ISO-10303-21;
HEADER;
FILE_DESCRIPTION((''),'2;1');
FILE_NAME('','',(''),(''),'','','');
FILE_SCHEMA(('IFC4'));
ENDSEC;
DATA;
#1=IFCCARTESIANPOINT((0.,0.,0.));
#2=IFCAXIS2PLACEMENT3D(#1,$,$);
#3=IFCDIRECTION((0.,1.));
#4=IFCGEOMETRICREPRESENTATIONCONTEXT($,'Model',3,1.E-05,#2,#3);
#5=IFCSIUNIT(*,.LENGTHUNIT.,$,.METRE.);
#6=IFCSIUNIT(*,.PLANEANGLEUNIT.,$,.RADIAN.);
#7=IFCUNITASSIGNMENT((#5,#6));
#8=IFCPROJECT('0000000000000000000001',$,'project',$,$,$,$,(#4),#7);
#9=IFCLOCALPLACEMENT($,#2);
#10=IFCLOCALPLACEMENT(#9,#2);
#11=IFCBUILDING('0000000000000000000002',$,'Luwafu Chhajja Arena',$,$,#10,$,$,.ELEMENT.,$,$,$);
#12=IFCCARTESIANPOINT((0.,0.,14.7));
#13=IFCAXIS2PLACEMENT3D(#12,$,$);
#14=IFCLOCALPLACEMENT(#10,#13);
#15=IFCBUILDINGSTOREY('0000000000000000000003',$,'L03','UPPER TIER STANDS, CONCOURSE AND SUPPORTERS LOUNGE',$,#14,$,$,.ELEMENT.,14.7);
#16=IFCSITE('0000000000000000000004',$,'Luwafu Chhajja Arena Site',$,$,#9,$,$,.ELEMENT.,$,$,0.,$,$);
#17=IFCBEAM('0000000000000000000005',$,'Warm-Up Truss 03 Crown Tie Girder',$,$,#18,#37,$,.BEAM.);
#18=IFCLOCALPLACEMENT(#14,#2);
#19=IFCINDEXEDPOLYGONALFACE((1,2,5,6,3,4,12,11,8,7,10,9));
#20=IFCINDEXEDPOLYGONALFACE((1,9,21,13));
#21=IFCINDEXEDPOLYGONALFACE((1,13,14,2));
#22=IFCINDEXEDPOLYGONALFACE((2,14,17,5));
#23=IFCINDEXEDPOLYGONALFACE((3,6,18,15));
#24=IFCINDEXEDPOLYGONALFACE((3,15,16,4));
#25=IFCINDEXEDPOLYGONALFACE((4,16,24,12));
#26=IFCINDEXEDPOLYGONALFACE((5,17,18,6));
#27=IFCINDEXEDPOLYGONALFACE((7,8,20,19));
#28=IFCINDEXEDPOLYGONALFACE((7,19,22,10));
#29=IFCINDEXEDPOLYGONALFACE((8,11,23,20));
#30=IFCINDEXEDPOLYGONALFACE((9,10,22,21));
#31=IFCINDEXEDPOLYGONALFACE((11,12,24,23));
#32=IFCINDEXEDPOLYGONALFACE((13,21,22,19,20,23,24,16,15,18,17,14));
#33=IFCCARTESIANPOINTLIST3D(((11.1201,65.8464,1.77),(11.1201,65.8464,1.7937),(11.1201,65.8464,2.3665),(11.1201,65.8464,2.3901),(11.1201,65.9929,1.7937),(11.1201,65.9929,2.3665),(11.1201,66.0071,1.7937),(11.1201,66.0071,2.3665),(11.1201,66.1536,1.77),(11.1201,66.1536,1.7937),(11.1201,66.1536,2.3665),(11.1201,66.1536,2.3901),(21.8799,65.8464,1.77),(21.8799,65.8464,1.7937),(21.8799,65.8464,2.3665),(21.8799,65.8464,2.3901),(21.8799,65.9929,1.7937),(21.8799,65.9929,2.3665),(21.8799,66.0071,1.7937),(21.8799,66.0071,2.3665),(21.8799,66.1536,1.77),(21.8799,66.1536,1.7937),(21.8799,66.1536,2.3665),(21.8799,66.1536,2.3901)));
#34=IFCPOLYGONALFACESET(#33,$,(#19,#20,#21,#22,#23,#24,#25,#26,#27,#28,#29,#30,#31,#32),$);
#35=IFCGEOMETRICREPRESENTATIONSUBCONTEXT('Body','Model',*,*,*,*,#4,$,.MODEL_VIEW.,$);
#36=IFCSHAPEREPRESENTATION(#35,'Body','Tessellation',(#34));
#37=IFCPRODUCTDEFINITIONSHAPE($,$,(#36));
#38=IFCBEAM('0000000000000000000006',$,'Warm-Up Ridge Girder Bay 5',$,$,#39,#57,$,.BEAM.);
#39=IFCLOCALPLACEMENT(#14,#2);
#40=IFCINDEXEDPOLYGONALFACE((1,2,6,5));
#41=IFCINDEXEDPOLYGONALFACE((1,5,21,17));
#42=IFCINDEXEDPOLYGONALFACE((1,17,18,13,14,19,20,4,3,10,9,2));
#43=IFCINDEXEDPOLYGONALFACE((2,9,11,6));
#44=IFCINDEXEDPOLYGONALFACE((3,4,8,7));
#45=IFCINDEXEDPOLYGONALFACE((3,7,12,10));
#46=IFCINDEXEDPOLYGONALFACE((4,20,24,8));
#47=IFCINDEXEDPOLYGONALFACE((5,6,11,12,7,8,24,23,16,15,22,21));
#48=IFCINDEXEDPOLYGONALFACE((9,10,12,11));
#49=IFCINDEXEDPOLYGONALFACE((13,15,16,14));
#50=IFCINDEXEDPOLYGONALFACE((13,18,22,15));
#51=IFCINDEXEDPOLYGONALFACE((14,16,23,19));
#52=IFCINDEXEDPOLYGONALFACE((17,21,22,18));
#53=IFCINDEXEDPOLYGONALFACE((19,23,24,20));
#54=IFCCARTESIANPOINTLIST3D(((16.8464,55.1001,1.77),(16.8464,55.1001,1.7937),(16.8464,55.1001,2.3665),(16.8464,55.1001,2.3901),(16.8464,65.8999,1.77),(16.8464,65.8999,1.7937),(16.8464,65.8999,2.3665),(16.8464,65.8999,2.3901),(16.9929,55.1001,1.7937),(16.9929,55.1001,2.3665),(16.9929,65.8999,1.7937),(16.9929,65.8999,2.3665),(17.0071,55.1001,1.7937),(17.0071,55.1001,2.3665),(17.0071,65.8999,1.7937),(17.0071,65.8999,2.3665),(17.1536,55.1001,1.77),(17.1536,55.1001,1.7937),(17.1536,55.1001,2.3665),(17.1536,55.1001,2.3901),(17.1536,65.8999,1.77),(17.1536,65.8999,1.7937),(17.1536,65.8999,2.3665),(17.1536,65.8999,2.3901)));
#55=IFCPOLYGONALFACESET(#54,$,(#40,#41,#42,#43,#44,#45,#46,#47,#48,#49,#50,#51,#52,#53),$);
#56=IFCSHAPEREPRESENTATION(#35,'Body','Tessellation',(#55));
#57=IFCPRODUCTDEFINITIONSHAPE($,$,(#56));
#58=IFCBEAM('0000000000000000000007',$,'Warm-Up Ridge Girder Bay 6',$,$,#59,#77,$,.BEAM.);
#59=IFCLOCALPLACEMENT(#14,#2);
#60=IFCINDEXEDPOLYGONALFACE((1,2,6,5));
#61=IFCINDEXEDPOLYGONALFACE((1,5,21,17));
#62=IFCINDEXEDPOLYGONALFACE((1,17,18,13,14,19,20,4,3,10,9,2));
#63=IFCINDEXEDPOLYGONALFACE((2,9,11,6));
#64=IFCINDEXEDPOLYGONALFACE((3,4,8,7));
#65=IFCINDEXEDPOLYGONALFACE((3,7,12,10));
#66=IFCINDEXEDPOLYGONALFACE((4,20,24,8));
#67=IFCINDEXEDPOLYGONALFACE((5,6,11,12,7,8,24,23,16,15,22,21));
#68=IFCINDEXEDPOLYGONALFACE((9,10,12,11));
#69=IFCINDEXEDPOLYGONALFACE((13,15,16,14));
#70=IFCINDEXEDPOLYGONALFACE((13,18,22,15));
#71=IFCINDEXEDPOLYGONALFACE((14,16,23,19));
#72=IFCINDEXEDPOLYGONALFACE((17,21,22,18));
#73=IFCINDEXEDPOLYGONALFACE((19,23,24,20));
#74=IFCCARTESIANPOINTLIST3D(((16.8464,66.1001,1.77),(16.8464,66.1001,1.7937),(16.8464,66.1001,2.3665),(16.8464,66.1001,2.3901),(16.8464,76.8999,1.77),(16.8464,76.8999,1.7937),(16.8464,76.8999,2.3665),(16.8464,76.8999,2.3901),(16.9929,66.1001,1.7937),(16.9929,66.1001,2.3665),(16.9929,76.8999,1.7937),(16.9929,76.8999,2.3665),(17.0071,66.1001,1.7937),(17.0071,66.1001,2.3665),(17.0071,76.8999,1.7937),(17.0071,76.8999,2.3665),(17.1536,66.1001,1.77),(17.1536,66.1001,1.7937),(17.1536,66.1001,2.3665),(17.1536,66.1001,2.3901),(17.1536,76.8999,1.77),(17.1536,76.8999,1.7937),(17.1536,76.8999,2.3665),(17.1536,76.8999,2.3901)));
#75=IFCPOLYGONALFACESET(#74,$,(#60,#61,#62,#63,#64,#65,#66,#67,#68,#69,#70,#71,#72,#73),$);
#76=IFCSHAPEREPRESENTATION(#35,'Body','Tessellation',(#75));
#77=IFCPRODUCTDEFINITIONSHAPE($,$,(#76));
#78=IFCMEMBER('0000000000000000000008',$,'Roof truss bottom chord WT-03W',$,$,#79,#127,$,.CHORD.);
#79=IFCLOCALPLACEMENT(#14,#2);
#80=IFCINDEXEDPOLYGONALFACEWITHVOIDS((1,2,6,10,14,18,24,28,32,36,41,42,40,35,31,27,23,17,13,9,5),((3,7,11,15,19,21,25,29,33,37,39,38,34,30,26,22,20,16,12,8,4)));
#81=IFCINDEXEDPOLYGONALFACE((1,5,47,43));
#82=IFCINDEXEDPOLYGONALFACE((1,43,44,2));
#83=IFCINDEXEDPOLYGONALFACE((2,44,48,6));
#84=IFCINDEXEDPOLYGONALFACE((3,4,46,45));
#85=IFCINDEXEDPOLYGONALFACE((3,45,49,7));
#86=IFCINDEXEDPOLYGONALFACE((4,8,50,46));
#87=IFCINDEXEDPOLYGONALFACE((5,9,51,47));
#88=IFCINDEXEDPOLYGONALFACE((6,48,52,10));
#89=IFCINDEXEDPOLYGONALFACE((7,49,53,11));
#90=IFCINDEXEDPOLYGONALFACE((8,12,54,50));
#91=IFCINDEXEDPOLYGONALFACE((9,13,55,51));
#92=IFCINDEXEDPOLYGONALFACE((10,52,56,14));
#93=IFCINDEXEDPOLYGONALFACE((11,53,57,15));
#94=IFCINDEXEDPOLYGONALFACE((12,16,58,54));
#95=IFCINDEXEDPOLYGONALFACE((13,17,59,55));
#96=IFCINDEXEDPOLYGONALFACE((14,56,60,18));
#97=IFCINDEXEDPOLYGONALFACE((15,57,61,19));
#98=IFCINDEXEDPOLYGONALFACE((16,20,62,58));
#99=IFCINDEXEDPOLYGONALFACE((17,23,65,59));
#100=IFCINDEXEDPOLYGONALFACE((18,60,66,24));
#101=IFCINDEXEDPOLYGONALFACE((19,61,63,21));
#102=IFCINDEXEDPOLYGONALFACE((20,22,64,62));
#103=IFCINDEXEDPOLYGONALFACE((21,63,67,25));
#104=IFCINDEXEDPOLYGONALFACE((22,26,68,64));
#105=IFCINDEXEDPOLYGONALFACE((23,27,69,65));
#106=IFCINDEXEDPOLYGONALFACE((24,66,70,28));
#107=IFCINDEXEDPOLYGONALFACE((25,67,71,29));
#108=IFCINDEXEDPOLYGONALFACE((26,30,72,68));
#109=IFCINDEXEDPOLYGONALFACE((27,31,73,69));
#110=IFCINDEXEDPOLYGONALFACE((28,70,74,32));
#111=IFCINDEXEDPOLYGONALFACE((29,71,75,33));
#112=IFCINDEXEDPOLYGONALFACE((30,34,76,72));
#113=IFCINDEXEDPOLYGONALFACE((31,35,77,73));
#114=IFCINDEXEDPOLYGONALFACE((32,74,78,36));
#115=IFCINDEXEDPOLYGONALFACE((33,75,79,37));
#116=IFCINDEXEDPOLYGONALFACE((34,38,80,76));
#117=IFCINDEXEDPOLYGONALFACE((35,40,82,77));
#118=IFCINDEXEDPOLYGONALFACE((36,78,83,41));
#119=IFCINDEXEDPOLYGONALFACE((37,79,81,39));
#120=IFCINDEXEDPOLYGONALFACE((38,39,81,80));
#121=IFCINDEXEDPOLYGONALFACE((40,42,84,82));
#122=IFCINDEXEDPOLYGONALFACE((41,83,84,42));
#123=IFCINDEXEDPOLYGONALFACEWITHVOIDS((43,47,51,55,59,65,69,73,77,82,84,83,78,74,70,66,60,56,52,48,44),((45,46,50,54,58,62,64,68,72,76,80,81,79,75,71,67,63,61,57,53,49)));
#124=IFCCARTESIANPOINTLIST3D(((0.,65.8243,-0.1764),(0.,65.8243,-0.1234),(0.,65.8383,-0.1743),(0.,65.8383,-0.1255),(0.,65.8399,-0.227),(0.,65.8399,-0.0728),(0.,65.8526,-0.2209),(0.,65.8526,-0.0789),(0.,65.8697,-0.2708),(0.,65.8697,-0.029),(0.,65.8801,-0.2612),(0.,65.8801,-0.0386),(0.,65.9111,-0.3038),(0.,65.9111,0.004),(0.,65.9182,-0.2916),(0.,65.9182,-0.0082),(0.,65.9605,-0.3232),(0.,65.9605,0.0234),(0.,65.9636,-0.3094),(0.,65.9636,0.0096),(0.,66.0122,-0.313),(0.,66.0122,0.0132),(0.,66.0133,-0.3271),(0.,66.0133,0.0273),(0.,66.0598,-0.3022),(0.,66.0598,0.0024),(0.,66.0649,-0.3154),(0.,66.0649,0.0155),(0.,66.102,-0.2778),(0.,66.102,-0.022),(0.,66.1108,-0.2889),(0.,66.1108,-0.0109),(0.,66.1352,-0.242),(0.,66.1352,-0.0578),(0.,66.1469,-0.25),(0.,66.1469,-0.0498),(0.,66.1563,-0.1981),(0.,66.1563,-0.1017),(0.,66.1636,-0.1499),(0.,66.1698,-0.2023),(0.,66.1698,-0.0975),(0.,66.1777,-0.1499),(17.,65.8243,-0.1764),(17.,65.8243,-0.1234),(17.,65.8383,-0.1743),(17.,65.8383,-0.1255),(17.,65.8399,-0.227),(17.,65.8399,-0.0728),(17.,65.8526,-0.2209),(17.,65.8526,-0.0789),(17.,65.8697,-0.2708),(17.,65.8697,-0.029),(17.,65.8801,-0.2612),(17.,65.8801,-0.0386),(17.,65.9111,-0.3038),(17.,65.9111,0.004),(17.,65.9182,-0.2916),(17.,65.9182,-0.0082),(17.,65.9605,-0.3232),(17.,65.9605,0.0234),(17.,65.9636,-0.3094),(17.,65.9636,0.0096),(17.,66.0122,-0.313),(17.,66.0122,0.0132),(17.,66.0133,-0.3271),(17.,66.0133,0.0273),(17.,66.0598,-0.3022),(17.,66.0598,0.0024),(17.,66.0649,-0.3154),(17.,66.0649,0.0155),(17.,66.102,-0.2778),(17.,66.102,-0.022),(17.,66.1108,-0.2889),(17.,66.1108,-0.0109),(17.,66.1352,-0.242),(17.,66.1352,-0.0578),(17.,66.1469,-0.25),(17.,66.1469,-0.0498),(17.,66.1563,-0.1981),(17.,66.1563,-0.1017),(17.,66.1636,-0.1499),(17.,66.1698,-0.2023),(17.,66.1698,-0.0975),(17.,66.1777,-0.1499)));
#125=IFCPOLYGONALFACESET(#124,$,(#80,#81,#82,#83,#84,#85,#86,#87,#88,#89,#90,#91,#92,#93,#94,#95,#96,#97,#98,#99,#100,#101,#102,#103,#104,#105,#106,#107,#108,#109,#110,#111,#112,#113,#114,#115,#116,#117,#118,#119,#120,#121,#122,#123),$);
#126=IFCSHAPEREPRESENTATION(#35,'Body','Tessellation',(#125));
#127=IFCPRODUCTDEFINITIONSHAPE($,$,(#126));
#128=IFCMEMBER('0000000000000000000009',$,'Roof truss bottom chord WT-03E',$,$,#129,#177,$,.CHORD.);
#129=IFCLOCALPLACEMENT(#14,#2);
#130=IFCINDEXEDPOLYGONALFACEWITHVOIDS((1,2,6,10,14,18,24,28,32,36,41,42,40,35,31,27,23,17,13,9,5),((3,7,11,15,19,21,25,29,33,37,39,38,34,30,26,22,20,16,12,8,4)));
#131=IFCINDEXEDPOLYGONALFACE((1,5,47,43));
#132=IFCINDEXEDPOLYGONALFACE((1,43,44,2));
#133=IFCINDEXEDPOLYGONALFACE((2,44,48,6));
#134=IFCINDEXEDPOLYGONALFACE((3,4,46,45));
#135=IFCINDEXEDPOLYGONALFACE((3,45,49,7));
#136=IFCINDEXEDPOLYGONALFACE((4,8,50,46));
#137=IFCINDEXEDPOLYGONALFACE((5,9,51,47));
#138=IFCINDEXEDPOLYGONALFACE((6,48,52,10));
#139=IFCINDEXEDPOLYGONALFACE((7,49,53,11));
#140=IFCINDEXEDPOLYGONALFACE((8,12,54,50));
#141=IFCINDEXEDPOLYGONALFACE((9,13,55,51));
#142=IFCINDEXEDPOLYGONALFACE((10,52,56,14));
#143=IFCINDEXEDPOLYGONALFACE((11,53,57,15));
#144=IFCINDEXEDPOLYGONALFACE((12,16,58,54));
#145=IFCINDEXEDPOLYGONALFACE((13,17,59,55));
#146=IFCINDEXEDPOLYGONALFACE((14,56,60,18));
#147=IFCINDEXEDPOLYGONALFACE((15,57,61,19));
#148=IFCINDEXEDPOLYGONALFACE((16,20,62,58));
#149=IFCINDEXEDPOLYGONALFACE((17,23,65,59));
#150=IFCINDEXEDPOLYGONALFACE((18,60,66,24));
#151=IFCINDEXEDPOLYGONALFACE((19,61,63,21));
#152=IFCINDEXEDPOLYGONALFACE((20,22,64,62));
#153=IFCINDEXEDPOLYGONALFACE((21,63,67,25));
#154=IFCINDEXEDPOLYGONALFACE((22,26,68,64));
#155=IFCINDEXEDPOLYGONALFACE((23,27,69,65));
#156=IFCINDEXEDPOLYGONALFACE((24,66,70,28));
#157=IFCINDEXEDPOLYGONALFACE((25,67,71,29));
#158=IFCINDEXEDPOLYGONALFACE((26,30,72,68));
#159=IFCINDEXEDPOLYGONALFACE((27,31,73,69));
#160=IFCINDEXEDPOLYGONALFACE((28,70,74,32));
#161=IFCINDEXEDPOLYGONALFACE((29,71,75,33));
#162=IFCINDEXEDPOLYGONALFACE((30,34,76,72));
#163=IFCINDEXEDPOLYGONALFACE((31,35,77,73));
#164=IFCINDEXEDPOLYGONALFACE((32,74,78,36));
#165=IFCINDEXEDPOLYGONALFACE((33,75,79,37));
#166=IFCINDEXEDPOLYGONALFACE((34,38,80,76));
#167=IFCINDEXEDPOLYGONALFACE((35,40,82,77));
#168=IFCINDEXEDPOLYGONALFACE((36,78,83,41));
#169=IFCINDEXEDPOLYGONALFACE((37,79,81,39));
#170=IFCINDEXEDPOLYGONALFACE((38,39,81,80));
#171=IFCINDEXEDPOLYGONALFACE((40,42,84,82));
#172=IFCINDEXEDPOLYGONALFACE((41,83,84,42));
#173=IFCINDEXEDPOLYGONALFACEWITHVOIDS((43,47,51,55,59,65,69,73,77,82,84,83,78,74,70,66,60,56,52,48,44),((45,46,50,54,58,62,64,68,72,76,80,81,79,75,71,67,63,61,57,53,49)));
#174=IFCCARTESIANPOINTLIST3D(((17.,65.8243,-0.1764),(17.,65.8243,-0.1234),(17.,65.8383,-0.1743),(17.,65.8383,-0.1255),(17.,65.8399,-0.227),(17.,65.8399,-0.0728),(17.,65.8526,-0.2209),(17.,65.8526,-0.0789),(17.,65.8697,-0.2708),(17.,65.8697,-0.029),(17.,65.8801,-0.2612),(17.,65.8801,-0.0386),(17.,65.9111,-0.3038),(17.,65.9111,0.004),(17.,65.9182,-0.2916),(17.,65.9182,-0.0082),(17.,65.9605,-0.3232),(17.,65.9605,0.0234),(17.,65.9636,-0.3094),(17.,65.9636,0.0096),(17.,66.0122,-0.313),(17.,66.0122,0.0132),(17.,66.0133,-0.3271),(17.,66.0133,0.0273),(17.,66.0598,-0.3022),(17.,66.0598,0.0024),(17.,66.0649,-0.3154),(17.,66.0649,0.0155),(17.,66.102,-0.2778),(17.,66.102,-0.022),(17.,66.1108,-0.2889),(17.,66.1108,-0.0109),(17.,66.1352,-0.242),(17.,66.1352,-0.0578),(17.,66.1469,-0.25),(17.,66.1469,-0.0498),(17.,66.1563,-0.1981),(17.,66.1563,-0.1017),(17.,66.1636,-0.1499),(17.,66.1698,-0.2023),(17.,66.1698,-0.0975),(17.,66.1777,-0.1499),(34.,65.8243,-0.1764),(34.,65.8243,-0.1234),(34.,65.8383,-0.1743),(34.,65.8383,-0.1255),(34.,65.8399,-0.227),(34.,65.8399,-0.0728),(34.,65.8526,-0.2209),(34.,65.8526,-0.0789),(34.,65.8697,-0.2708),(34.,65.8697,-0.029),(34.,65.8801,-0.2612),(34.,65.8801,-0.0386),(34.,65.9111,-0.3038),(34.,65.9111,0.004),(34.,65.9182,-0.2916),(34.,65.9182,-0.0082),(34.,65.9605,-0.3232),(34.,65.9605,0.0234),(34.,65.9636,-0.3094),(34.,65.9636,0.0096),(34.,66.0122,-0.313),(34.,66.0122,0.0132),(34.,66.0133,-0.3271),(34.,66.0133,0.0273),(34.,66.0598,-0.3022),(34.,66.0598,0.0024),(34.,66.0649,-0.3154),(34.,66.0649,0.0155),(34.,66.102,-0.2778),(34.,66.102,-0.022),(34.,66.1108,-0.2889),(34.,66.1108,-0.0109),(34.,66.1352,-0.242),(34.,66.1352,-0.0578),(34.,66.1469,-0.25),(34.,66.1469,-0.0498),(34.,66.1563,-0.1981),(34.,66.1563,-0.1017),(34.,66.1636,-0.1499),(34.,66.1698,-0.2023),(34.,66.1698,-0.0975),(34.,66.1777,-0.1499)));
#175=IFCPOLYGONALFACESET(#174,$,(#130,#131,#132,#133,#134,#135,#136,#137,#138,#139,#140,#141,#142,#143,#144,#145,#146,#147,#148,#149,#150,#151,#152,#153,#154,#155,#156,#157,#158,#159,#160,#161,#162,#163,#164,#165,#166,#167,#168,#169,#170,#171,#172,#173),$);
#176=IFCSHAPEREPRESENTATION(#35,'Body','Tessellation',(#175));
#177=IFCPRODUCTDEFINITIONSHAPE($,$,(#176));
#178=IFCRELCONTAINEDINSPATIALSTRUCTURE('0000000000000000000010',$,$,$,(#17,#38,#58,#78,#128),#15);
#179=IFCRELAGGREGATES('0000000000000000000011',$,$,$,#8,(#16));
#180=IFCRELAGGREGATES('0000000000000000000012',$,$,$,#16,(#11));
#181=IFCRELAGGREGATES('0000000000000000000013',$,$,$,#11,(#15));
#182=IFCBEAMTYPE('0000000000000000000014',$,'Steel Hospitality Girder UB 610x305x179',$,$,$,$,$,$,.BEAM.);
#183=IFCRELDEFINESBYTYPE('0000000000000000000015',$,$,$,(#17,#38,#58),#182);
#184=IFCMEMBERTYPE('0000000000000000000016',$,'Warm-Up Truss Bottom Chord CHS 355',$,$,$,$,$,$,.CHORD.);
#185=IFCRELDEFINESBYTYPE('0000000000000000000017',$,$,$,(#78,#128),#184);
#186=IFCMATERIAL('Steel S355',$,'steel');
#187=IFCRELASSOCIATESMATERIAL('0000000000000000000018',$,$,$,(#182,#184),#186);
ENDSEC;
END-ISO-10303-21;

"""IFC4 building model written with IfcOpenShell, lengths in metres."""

from ifc_helpers import new_model, si_unit, direction, frame, origin, origin_2d, place, context, subcontext, project, spatial, hollow_circle, i_section, extrude, material, material_profile, profile_set, type_object, element, save


model = new_model("IFC4")

# Units and contexts
model_context = context("Model", 3, precision=1e-05, world=origin(), true_north=direction((0.0, 1.0)))
body_context = subcontext(model_context, "Body", "Model", "MODEL_VIEW")
ifc_project = project(units=[si_unit("LENGTHUNIT", "METRE"), si_unit("PLANEANGLEUNIT", "RADIAN")], contexts=[model_context])

# Site, building, storey
site_placement = place(None, origin())
site = spatial("IfcSite", under=ifc_project, at=site_placement, Name="Luwafu Chhajja Arena Site", CompositionType="ELEMENT", RefElevation=0.0)
building_placement = place(site_placement, origin())
building = spatial("IfcBuilding", under=site, at=building_placement, Name="Luwafu Chhajja Arena", CompositionType="ELEMENT")
storey_placement = place(building_placement, frame((0.0, 0.0, 14.7)))
storey = spatial("IfcBuildingStorey", under=building, at=storey_placement, Name="L03", Description="UPPER TIER STANDS, CONCOURSE AND SUPPORTERS LOUNGE", CompositionType="ELEMENT", Elevation=14.7)

# Shared definitions
ifc_material_1 = material(Name="Steel S355", Category="steel")

# Beams
ifc_material_profile_1 = material_profile(ifc_material_1, i_section(OverallWidth=0.3071, OverallDepth=0.6201, WebThickness=0.0142, FlangeThickness=0.0237, at=origin_2d()), Name="UB 610x305x179")
ifc_profile_set_1 = profile_set([ifc_material_profile_1], Name="Steel S355")
beam_type_1 = type_object("IfcBeamType", Name="Steel Hospitality Girder UB 610x305x179", PredefinedType="BEAM", material=ifc_profile_set_1)
beam_1_placement = place(storey_placement, frame((11.1201, 66.0, 2.0801), z_axis=(1.0, 0.0, 0.0), x_axis=(0.0, 1.0, 0.0)))
element("IfcBeam", 1, at=beam_1_placement, inside=storey, type_object=beam_type_1, Name="Warm-Up Truss 03 Crown Tie Girder", PredefinedType="BEAM", context=body_context, shape_type="SweptSolid", body=[
    extrude(i_section(OverallWidth=0.3071, OverallDepth=0.6201, WebThickness=0.0142, FlangeThickness=0.0237, at=origin_2d()), origin(), (0.0, 0.0, 1.0), 10.7598),
])
for number, where, z_axis, x_axis, name in (
    (2, (17.0, 55.1001, 2.0801), (0.0, 1.0, 0.0), (-1.0, 0.0, 0.0), "Warm-Up Ridge Girder Bay 5"),
    (3, (17.0, 66.1001, 2.0801), (0.0, 1.0, 0.0), (-1.0, 0.0, 0.0), "Warm-Up Ridge Girder Bay 6"),
):
    element("IfcBeam", number, at=place(storey_placement, frame(where, z_axis=z_axis, x_axis=x_axis)), inside=storey, type_object=beam_type_1, Name=name, PredefinedType="BEAM", context=body_context, shape_type="SweptSolid", body=[
        extrude(i_section(OverallWidth=0.3071, OverallDepth=0.6201, WebThickness=0.0142, FlangeThickness=0.0237, at=origin_2d()), origin(), (0.0, 0.0, 1.0), 10.7998),
    ])

# Members
ifc_material_profile_2 = material_profile(ifc_material_1, hollow_circle(Radius=0.1777, WallThickness=0.0142, at=origin_2d()), Name="CHS 355.6x14.2")
ifc_profile_set_2 = profile_set([ifc_material_profile_2], Name="Steel S355")
member_type_1 = type_object("IfcMemberType", Name="Warm-Up Truss Bottom Chord CHS 355", PredefinedType="CHORD", material=ifc_profile_set_2)
for number, where, z_axis, x_axis, name in (
    (4, (0.0, 66.0, -0.1499), (1.0, 0.0, 0.0), (0.0, 1.0, 0.0), "Roof truss bottom chord WT-03W"),
    (5, (17.0, 66.0, -0.1499), (1.0, 0.0, 0.0), (0.0, 1.0, 0.0), "Roof truss bottom chord WT-03E"),
):
    element("IfcMember", number, at=place(storey_placement, frame(where, z_axis=z_axis, x_axis=x_axis)), inside=storey, type_object=member_type_1, Name=name, PredefinedType="CHORD", context=body_context, shape_type="SweptSolid", body=[
        extrude(hollow_circle(Radius=0.1777, WallThickness=0.0142, at=origin_2d()), origin(), (0.0, 0.0, 1.0), 17.0),
    ])

save(model, "model.ifc")
